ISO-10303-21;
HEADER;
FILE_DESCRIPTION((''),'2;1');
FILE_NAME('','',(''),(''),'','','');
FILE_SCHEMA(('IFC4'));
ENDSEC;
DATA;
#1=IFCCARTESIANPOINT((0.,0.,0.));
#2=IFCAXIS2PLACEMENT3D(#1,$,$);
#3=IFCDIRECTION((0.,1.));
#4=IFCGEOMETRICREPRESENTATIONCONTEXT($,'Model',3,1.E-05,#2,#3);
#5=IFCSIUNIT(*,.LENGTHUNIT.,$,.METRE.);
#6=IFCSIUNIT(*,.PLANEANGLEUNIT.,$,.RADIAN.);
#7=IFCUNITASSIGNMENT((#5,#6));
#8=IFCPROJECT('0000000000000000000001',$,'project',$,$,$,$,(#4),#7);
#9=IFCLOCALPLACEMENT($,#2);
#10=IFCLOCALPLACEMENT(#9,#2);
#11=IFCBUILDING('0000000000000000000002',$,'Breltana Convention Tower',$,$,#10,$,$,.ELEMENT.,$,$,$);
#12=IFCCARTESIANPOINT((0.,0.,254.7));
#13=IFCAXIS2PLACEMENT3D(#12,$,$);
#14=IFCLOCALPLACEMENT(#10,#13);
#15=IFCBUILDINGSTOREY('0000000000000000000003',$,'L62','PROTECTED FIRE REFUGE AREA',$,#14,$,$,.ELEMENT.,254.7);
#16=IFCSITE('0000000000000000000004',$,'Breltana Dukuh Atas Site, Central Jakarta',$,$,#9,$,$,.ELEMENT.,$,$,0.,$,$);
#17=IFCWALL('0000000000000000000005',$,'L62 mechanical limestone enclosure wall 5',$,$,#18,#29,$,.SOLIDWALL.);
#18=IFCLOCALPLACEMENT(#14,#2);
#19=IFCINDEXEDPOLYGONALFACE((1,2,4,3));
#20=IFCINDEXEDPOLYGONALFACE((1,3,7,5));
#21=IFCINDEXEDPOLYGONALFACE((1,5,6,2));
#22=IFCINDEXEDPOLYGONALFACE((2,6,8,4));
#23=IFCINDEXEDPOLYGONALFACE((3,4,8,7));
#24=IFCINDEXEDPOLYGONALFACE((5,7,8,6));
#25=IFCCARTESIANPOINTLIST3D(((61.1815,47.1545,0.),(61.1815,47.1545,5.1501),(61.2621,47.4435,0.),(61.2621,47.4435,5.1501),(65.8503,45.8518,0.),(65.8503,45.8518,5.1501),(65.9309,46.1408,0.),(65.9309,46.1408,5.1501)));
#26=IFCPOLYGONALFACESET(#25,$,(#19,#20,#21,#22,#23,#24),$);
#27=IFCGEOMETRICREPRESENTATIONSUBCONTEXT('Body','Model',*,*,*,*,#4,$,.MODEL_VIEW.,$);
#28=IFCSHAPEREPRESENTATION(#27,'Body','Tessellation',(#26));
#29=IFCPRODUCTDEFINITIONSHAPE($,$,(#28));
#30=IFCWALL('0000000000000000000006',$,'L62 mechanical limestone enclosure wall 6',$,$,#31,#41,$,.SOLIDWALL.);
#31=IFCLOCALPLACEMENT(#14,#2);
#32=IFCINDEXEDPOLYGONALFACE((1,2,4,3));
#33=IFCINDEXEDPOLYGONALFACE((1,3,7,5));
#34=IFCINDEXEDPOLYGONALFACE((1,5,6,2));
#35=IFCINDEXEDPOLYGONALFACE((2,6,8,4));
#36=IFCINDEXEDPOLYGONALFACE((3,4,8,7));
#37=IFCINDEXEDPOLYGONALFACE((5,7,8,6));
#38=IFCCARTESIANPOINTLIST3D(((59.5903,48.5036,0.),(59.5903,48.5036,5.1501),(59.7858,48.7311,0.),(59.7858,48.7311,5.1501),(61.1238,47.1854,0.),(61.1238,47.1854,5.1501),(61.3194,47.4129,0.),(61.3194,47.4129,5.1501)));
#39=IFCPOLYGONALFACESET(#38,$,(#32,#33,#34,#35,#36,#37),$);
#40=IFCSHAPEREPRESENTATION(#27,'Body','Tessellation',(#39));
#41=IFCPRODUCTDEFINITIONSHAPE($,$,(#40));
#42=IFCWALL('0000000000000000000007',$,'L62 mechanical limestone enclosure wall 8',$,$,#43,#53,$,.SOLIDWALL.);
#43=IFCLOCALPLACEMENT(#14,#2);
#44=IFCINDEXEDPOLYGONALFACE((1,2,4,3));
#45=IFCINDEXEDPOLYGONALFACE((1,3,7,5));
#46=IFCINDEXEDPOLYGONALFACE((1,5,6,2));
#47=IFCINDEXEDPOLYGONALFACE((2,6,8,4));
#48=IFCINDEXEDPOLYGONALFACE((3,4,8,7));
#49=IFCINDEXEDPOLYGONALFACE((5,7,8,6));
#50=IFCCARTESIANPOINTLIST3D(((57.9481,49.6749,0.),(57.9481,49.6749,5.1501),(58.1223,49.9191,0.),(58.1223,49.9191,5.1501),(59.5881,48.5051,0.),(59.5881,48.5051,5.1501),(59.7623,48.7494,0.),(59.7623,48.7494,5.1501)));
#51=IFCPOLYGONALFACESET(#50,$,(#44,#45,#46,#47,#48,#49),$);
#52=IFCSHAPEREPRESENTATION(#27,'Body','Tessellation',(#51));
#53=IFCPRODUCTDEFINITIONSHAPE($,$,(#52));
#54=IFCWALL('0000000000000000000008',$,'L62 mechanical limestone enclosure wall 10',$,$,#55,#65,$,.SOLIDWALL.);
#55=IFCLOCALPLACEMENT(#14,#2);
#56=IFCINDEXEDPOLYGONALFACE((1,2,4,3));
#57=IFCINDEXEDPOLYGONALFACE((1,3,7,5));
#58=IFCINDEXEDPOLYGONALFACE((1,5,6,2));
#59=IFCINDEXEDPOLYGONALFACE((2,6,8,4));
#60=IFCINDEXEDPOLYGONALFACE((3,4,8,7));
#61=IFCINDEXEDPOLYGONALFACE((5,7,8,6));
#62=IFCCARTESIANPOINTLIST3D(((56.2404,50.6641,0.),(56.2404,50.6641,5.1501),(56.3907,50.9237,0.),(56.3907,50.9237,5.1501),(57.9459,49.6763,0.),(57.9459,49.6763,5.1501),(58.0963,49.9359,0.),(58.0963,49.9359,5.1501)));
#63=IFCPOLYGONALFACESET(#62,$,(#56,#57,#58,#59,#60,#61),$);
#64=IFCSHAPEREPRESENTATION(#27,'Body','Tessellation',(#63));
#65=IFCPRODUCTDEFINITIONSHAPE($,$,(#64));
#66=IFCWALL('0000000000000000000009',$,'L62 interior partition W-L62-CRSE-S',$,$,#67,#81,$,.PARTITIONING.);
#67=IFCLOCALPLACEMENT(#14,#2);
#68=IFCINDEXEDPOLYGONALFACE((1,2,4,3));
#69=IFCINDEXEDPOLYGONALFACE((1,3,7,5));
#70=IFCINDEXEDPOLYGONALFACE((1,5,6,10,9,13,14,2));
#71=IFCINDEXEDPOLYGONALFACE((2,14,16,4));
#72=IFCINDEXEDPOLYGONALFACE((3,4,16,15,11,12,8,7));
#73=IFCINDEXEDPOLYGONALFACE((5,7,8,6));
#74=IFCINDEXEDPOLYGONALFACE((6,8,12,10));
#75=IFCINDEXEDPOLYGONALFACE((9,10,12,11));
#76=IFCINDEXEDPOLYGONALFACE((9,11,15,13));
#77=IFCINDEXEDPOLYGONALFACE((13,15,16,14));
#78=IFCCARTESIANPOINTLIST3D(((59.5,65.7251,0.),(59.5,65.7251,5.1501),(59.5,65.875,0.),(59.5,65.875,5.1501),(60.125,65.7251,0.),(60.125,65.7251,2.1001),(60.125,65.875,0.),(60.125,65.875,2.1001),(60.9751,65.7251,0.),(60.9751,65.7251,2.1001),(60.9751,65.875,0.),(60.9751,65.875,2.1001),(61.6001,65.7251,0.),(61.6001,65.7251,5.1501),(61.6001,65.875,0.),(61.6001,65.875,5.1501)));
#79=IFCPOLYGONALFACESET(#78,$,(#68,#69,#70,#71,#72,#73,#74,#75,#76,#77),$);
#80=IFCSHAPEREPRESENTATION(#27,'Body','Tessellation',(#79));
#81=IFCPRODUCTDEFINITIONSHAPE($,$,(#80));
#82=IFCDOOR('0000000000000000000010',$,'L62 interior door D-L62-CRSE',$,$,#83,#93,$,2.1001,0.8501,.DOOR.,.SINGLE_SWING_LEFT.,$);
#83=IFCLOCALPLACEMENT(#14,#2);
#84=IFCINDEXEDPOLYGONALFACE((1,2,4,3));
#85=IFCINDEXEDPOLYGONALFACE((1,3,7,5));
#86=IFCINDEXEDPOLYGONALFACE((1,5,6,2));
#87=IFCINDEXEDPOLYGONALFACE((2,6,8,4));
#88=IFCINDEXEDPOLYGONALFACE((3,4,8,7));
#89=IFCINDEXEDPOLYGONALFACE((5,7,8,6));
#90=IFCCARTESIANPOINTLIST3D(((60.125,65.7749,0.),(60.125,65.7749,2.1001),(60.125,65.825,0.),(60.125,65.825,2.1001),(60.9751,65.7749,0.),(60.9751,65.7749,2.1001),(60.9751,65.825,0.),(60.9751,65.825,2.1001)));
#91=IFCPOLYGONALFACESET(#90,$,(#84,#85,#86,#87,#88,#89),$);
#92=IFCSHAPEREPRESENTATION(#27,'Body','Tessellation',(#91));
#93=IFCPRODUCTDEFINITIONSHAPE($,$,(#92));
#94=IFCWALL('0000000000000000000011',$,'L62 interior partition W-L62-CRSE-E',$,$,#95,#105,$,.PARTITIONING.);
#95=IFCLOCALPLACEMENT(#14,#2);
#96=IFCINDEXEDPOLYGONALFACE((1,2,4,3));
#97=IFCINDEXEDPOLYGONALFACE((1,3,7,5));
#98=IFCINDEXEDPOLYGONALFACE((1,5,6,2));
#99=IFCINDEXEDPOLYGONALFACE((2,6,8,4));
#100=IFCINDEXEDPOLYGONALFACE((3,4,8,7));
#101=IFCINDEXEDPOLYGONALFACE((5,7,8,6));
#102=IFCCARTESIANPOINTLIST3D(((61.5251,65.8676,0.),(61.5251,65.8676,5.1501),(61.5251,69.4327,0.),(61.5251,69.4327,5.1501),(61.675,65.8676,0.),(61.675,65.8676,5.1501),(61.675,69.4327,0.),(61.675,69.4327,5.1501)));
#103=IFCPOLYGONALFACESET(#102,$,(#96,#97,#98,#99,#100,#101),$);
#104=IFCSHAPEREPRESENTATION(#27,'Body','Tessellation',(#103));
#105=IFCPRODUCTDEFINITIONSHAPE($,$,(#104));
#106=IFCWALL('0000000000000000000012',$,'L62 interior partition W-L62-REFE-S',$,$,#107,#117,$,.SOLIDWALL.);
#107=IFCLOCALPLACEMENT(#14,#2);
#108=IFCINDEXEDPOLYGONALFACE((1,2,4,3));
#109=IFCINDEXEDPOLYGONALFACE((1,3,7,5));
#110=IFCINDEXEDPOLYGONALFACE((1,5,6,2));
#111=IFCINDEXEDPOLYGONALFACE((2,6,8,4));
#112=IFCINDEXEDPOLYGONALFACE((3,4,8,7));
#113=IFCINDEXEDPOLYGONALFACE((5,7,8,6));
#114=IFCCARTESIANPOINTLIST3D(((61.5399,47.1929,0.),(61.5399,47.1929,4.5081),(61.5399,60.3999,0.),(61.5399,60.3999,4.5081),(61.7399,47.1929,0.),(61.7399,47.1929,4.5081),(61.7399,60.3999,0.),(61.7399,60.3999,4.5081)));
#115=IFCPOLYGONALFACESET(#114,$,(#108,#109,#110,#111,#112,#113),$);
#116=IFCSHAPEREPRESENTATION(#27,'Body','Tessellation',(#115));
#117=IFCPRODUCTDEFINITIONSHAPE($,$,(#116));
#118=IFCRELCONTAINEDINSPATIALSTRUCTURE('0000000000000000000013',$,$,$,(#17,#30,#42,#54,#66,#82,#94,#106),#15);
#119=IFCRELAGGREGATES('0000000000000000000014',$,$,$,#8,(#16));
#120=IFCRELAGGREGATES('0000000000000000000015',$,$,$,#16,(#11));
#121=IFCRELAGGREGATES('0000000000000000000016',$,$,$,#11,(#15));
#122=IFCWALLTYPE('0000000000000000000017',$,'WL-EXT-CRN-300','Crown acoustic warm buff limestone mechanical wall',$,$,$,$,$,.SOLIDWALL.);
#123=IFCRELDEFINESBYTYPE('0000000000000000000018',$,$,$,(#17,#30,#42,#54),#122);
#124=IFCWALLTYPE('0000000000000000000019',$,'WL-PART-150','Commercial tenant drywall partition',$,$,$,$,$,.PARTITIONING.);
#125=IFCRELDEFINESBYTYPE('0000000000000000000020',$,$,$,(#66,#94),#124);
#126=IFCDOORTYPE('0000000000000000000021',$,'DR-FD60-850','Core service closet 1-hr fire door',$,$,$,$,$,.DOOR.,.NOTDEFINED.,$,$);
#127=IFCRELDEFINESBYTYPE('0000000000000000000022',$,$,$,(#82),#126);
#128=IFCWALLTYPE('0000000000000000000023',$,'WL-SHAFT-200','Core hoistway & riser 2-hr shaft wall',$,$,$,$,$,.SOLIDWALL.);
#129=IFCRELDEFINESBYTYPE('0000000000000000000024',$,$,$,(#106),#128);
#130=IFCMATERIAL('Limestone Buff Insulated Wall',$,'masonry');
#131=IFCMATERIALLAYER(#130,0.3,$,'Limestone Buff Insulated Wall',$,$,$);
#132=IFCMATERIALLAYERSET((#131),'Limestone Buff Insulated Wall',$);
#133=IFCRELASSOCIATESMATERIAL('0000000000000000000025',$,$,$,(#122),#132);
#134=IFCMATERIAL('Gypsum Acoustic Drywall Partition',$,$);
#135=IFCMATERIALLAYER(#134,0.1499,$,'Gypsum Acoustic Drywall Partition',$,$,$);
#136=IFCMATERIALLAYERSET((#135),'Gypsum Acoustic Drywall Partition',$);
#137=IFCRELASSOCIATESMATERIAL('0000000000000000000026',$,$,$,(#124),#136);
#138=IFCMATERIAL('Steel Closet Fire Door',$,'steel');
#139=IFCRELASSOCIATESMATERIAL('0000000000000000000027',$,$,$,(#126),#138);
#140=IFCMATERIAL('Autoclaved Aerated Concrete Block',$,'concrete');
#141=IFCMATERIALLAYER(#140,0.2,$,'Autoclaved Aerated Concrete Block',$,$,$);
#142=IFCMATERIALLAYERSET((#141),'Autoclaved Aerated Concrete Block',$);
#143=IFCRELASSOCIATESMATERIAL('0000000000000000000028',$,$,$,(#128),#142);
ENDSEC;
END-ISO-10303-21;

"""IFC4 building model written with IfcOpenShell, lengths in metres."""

from ifc_helpers import new_model, si_unit, direction, frame, frame_2d, origin, place, context, subcontext, project, spatial, rectangle, extrude, source, transform, mapped, material, layer, layer_set, type_object, type_shapes, element, fill, save


model = new_model("IFC4")

# Units and contexts
model_context = context("Model", 3, precision=1e-05, world=origin(), true_north=direction((0.0, 1.0)))
body_context = subcontext(model_context, "Body", "Model", "MODEL_VIEW")
ifc_project = project(units=[si_unit("LENGTHUNIT", "METRE"), si_unit("PLANEANGLEUNIT", "RADIAN")], contexts=[model_context])

# Site, building, storey
site_placement = place(None, origin())
site = spatial("IfcSite", under=ifc_project, at=site_placement, Name="Breltana Dukuh Atas Site, Central Jakarta", CompositionType="ELEMENT", RefElevation=0.0)
building_placement = place(site_placement, origin())
building = spatial("IfcBuilding", under=site, at=building_placement, Name="Breltana Convention Tower", CompositionType="ELEMENT")
storey_placement = place(building_placement, frame((0.0, 0.0, 254.7)))
storey = spatial("IfcBuildingStorey", under=building, at=storey_placement, Name="L62", Description="PROTECTED FIRE REFUGE AREA", CompositionType="ELEMENT", Elevation=254.7)

# Walls
ifc_material_1 = material(Name="Limestone Buff Insulated Wall", Category="masonry")
ifc_layer_1 = layer(ifc_material_1, 0.3, Name="Limestone Buff Insulated Wall")
ifc_layer_set_1 = layer_set([ifc_layer_1], Name="Limestone Buff Insulated Wall")
wall_type_1 = type_object("IfcWallType", Name="WL-EXT-CRN-300", Description="Crown acoustic warm buff limestone mechanical wall", PredefinedType="SOLIDWALL", material=ifc_layer_set_1)
shared_shape_1 = source(origin(), body_context, "Body", "SweptSolid", [
    extrude(rectangle(XDim=4.8472, YDim=0.3, at=frame_2d((2.4236, 0.0))), origin(), (0.0, 0.0, 1.0), 5.1501),
])
wall_1_placement = place(storey_placement, frame((65.8906, 45.9963, 0.0), z_axis=(0.0, 0.0, 1.0), x_axis=(-0.963208, 0.268756, 0.0)))
element("IfcWall", 1, at=wall_1_placement, inside=storey, type_object=wall_type_1, Name="L62 mechanical limestone enclosure wall 5", PredefinedType="SOLIDWALL", context=body_context, shape_type="MappedRepresentation", body=[
    mapped(shared_shape_1, transform((0.0, 0.0, 0.0), scale=1.0)),
])
shared_shape_2 = source(origin(), body_context, "Body", "SweptSolid", [
    extrude(rectangle(XDim=2.0222, YDim=0.3, at=frame_2d((1.0112, 0.0))), origin(), (0.0, 0.0, 1.0), 5.1501),
])
wall_2_placement = place(storey_placement, frame((61.2217, 47.2991, 0.0), z_axis=(0.0, 0.0, 1.0), x_axis=(-0.758344, 0.651855, 0.0)))
element("IfcWall", 2, at=wall_2_placement, inside=storey, type_object=wall_type_1, Name="L62 mechanical limestone enclosure wall 6", PredefinedType="SOLIDWALL", context=body_context, shape_type="MappedRepresentation", body=[
    mapped(shared_shape_2, transform((0.0, 0.0, 0.0), scale=1.0)),
])
shared_shape_3 = source(origin(), body_context, "Body", "SweptSolid", [
    extrude(rectangle(XDim=2.0144, YDim=0.3, at=frame_2d((1.0073, 0.0))), origin(), (0.0, 0.0, 1.0), 5.1501),
])
wall_3_placement = place(storey_placement, frame((59.6753, 48.6272, 0.0), z_axis=(0.0, 0.0, 1.0), x_axis=(-0.814126, 0.580688, 0.0)))
element("IfcWall", 3, at=wall_3_placement, inside=storey, type_object=wall_type_1, Name="L62 mechanical limestone enclosure wall 8", PredefinedType="SOLIDWALL", context=body_context, shape_type="MappedRepresentation", body=[
    mapped(shared_shape_3, transform((0.0, 0.0, 0.0), scale=1.0)),
])
shared_shape_4 = source(origin(), body_context, "Body", "SweptSolid", [
    extrude(rectangle(XDim=1.9709, YDim=0.3, at=frame_2d((0.9854, 0.0))), origin(), (0.0, 0.0, 1.0), 5.1501),
])
wall_4_placement = place(storey_placement, frame((58.021, 49.8062, 0.0), z_axis=(0.0, 0.0, 1.0), x_axis=(-0.865347, 0.501173, 0.0)))
element("IfcWall", 4, at=wall_4_placement, inside=storey, type_object=wall_type_1, Name="L62 mechanical limestone enclosure wall 10", PredefinedType="SOLIDWALL", context=body_context, shape_type="MappedRepresentation", body=[
    mapped(shared_shape_4, transform((0.0, 0.0, 0.0), scale=1.0)),
])

# Wall, opening, door
ifc_material_2 = material(Name="Gypsum Acoustic Drywall Partition")
ifc_layer_2 = layer(ifc_material_2, 0.1499, Name="Gypsum Acoustic Drywall Partition")
ifc_layer_set_2 = layer_set([ifc_layer_2], Name="Gypsum Acoustic Drywall Partition")
wall_type_2 = type_object("IfcWallType", Name="WL-PART-150", Description="Commercial tenant drywall partition", PredefinedType="PARTITIONING", material=ifc_layer_set_2)
shared_shape_5 = source(origin(), body_context, "Body", "SweptSolid", [
    extrude(rectangle(XDim=2.1001, YDim=0.1499, at=frame_2d((1.05, 0.0))), origin(), (0.0, 0.0, 1.0), 5.1501),
])
wall_5_placement = place(storey_placement, frame((59.5, 65.8, 0.0), z_axis=(0.0, 0.0, 1.0), x_axis=(1.0, 0.0, 0.0)))
wall_5 = element("IfcWall", 5, at=wall_5_placement, inside=storey, type_object=wall_type_2, Name="L62 interior partition W-L62-CRSE-S", PredefinedType="PARTITIONING", context=body_context, shape_type="MappedRepresentation", body=[
    mapped(shared_shape_5, transform((0.0, 0.0, 0.0), scale=1.0)),
])
opening_1_placement = place(wall_5_placement, frame((0.625, 0.0, 0.0)))
opening_1 = element("IfcOpeningElement", 6, at=opening_1_placement, cuts=wall_5, PredefinedType="OPENING", context=body_context, shape_type="SweptSolid", body=[
    extrude(rectangle(XDim=0.8501, YDim=2.1001, at=frame_2d((0.425, 1.05))), frame((0.0, 0.085, 0.0), z_axis=(0.0, -1.0, 0.0), x_axis=(1.0, 0.0, 0.0)), (0.0, 0.0, 1.0), 0.1699),
])
ifc_material_3 = material(Name="Steel Closet Fire Door", Category="steel")
door_type_1 = type_object("IfcDoorType", Name="DR-FD60-850", Description="Core service closet 1-hr fire door", OperationType="NOTDEFINED", PredefinedType="DOOR", material=ifc_material_3)
shared_shape_6 = source(origin(), body_context, "Body", "SweptSolid", [
    extrude(rectangle(XDim=0.8501, YDim=2.1001, at=frame_2d((0.425, 1.05))), frame((0.0, 0.0249, 0.0), z_axis=(0.0, -1.0, 0.0), x_axis=(1.0, 0.0, 0.0)), (0.0, 0.0, 1.0), 0.05),
])
type_shapes(door_type_1, [shared_shape_6])
door_1_placement = place(opening_1_placement, origin())
door_1 = element("IfcDoor", 7, at=door_1_placement, inside=storey, type_object=door_type_1, Name="L62 interior door D-L62-CRSE", OperationType="SINGLE_SWING_LEFT", OverallHeight=2.1001, OverallWidth=0.8501, PredefinedType="DOOR", context=body_context, shape_type="MappedRepresentation", body=[
    mapped(shared_shape_6, transform((0.0, 0.0, 0.0), scale=1.0)),
])
fill(opening_1, door_1)

# Wall
shared_shape_7 = source(origin(), body_context, "Body", "SweptSolid", [
    extrude(rectangle(XDim=3.5652, YDim=0.1499, at=frame_2d((1.7827, 0.0))), origin(), (0.0, 0.0, 1.0), 5.1501),
])
wall_6_placement = place(storey_placement, frame((61.6001, 65.8674, 0.0), z_axis=(0.0, 0.0, 1.0), x_axis=(0.0, 1.0, 0.0)))
element("IfcWall", 8, at=wall_6_placement, inside=storey, type_object=wall_type_2, Name="L62 interior partition W-L62-CRSE-E", PredefinedType="PARTITIONING", context=body_context, shape_type="MappedRepresentation", body=[
    mapped(shared_shape_7, transform((0.0, 0.0, 0.0), scale=1.0)),
])

# Shared definitions
ifc_material_4 = material(Name="Autoclaved Aerated Concrete Block", Category="concrete")
ifc_layer_3 = layer(ifc_material_4, 0.2, Name="Autoclaved Aerated Concrete Block")
ifc_layer_set_3 = layer_set([ifc_layer_3], Name="Autoclaved Aerated Concrete Block")
wall_type_3 = type_object("IfcWallType", Name="WL-SHAFT-200", Description="Core hoistway & riser 2-hr shaft wall", PredefinedType="SOLIDWALL", material=ifc_layer_set_3)

# Wall
shared_shape_8 = source(origin(), body_context, "Body", "SweptSolid", [
    extrude(rectangle(XDim=13.207, YDim=0.2, at=frame_2d((6.6035, 0.0))), origin(), (0.0, 0.0, 1.0), 4.5081),
])
wall_7_placement = place(storey_placement, frame((61.6399, 47.1929, 0.0), z_axis=(0.0, 0.0, 1.0), x_axis=(0.0, 1.0, 0.0)))
element("IfcWall", 9, at=wall_7_placement, inside=storey, type_object=wall_type_3, Name="L62 interior partition W-L62-REFE-S", PredefinedType="SOLIDWALL", context=body_context, shape_type="MappedRepresentation", body=[
    mapped(shared_shape_8, transform((0.0, 0.0, 0.0), scale=1.0)),
])

save(model, "model.ifc")
